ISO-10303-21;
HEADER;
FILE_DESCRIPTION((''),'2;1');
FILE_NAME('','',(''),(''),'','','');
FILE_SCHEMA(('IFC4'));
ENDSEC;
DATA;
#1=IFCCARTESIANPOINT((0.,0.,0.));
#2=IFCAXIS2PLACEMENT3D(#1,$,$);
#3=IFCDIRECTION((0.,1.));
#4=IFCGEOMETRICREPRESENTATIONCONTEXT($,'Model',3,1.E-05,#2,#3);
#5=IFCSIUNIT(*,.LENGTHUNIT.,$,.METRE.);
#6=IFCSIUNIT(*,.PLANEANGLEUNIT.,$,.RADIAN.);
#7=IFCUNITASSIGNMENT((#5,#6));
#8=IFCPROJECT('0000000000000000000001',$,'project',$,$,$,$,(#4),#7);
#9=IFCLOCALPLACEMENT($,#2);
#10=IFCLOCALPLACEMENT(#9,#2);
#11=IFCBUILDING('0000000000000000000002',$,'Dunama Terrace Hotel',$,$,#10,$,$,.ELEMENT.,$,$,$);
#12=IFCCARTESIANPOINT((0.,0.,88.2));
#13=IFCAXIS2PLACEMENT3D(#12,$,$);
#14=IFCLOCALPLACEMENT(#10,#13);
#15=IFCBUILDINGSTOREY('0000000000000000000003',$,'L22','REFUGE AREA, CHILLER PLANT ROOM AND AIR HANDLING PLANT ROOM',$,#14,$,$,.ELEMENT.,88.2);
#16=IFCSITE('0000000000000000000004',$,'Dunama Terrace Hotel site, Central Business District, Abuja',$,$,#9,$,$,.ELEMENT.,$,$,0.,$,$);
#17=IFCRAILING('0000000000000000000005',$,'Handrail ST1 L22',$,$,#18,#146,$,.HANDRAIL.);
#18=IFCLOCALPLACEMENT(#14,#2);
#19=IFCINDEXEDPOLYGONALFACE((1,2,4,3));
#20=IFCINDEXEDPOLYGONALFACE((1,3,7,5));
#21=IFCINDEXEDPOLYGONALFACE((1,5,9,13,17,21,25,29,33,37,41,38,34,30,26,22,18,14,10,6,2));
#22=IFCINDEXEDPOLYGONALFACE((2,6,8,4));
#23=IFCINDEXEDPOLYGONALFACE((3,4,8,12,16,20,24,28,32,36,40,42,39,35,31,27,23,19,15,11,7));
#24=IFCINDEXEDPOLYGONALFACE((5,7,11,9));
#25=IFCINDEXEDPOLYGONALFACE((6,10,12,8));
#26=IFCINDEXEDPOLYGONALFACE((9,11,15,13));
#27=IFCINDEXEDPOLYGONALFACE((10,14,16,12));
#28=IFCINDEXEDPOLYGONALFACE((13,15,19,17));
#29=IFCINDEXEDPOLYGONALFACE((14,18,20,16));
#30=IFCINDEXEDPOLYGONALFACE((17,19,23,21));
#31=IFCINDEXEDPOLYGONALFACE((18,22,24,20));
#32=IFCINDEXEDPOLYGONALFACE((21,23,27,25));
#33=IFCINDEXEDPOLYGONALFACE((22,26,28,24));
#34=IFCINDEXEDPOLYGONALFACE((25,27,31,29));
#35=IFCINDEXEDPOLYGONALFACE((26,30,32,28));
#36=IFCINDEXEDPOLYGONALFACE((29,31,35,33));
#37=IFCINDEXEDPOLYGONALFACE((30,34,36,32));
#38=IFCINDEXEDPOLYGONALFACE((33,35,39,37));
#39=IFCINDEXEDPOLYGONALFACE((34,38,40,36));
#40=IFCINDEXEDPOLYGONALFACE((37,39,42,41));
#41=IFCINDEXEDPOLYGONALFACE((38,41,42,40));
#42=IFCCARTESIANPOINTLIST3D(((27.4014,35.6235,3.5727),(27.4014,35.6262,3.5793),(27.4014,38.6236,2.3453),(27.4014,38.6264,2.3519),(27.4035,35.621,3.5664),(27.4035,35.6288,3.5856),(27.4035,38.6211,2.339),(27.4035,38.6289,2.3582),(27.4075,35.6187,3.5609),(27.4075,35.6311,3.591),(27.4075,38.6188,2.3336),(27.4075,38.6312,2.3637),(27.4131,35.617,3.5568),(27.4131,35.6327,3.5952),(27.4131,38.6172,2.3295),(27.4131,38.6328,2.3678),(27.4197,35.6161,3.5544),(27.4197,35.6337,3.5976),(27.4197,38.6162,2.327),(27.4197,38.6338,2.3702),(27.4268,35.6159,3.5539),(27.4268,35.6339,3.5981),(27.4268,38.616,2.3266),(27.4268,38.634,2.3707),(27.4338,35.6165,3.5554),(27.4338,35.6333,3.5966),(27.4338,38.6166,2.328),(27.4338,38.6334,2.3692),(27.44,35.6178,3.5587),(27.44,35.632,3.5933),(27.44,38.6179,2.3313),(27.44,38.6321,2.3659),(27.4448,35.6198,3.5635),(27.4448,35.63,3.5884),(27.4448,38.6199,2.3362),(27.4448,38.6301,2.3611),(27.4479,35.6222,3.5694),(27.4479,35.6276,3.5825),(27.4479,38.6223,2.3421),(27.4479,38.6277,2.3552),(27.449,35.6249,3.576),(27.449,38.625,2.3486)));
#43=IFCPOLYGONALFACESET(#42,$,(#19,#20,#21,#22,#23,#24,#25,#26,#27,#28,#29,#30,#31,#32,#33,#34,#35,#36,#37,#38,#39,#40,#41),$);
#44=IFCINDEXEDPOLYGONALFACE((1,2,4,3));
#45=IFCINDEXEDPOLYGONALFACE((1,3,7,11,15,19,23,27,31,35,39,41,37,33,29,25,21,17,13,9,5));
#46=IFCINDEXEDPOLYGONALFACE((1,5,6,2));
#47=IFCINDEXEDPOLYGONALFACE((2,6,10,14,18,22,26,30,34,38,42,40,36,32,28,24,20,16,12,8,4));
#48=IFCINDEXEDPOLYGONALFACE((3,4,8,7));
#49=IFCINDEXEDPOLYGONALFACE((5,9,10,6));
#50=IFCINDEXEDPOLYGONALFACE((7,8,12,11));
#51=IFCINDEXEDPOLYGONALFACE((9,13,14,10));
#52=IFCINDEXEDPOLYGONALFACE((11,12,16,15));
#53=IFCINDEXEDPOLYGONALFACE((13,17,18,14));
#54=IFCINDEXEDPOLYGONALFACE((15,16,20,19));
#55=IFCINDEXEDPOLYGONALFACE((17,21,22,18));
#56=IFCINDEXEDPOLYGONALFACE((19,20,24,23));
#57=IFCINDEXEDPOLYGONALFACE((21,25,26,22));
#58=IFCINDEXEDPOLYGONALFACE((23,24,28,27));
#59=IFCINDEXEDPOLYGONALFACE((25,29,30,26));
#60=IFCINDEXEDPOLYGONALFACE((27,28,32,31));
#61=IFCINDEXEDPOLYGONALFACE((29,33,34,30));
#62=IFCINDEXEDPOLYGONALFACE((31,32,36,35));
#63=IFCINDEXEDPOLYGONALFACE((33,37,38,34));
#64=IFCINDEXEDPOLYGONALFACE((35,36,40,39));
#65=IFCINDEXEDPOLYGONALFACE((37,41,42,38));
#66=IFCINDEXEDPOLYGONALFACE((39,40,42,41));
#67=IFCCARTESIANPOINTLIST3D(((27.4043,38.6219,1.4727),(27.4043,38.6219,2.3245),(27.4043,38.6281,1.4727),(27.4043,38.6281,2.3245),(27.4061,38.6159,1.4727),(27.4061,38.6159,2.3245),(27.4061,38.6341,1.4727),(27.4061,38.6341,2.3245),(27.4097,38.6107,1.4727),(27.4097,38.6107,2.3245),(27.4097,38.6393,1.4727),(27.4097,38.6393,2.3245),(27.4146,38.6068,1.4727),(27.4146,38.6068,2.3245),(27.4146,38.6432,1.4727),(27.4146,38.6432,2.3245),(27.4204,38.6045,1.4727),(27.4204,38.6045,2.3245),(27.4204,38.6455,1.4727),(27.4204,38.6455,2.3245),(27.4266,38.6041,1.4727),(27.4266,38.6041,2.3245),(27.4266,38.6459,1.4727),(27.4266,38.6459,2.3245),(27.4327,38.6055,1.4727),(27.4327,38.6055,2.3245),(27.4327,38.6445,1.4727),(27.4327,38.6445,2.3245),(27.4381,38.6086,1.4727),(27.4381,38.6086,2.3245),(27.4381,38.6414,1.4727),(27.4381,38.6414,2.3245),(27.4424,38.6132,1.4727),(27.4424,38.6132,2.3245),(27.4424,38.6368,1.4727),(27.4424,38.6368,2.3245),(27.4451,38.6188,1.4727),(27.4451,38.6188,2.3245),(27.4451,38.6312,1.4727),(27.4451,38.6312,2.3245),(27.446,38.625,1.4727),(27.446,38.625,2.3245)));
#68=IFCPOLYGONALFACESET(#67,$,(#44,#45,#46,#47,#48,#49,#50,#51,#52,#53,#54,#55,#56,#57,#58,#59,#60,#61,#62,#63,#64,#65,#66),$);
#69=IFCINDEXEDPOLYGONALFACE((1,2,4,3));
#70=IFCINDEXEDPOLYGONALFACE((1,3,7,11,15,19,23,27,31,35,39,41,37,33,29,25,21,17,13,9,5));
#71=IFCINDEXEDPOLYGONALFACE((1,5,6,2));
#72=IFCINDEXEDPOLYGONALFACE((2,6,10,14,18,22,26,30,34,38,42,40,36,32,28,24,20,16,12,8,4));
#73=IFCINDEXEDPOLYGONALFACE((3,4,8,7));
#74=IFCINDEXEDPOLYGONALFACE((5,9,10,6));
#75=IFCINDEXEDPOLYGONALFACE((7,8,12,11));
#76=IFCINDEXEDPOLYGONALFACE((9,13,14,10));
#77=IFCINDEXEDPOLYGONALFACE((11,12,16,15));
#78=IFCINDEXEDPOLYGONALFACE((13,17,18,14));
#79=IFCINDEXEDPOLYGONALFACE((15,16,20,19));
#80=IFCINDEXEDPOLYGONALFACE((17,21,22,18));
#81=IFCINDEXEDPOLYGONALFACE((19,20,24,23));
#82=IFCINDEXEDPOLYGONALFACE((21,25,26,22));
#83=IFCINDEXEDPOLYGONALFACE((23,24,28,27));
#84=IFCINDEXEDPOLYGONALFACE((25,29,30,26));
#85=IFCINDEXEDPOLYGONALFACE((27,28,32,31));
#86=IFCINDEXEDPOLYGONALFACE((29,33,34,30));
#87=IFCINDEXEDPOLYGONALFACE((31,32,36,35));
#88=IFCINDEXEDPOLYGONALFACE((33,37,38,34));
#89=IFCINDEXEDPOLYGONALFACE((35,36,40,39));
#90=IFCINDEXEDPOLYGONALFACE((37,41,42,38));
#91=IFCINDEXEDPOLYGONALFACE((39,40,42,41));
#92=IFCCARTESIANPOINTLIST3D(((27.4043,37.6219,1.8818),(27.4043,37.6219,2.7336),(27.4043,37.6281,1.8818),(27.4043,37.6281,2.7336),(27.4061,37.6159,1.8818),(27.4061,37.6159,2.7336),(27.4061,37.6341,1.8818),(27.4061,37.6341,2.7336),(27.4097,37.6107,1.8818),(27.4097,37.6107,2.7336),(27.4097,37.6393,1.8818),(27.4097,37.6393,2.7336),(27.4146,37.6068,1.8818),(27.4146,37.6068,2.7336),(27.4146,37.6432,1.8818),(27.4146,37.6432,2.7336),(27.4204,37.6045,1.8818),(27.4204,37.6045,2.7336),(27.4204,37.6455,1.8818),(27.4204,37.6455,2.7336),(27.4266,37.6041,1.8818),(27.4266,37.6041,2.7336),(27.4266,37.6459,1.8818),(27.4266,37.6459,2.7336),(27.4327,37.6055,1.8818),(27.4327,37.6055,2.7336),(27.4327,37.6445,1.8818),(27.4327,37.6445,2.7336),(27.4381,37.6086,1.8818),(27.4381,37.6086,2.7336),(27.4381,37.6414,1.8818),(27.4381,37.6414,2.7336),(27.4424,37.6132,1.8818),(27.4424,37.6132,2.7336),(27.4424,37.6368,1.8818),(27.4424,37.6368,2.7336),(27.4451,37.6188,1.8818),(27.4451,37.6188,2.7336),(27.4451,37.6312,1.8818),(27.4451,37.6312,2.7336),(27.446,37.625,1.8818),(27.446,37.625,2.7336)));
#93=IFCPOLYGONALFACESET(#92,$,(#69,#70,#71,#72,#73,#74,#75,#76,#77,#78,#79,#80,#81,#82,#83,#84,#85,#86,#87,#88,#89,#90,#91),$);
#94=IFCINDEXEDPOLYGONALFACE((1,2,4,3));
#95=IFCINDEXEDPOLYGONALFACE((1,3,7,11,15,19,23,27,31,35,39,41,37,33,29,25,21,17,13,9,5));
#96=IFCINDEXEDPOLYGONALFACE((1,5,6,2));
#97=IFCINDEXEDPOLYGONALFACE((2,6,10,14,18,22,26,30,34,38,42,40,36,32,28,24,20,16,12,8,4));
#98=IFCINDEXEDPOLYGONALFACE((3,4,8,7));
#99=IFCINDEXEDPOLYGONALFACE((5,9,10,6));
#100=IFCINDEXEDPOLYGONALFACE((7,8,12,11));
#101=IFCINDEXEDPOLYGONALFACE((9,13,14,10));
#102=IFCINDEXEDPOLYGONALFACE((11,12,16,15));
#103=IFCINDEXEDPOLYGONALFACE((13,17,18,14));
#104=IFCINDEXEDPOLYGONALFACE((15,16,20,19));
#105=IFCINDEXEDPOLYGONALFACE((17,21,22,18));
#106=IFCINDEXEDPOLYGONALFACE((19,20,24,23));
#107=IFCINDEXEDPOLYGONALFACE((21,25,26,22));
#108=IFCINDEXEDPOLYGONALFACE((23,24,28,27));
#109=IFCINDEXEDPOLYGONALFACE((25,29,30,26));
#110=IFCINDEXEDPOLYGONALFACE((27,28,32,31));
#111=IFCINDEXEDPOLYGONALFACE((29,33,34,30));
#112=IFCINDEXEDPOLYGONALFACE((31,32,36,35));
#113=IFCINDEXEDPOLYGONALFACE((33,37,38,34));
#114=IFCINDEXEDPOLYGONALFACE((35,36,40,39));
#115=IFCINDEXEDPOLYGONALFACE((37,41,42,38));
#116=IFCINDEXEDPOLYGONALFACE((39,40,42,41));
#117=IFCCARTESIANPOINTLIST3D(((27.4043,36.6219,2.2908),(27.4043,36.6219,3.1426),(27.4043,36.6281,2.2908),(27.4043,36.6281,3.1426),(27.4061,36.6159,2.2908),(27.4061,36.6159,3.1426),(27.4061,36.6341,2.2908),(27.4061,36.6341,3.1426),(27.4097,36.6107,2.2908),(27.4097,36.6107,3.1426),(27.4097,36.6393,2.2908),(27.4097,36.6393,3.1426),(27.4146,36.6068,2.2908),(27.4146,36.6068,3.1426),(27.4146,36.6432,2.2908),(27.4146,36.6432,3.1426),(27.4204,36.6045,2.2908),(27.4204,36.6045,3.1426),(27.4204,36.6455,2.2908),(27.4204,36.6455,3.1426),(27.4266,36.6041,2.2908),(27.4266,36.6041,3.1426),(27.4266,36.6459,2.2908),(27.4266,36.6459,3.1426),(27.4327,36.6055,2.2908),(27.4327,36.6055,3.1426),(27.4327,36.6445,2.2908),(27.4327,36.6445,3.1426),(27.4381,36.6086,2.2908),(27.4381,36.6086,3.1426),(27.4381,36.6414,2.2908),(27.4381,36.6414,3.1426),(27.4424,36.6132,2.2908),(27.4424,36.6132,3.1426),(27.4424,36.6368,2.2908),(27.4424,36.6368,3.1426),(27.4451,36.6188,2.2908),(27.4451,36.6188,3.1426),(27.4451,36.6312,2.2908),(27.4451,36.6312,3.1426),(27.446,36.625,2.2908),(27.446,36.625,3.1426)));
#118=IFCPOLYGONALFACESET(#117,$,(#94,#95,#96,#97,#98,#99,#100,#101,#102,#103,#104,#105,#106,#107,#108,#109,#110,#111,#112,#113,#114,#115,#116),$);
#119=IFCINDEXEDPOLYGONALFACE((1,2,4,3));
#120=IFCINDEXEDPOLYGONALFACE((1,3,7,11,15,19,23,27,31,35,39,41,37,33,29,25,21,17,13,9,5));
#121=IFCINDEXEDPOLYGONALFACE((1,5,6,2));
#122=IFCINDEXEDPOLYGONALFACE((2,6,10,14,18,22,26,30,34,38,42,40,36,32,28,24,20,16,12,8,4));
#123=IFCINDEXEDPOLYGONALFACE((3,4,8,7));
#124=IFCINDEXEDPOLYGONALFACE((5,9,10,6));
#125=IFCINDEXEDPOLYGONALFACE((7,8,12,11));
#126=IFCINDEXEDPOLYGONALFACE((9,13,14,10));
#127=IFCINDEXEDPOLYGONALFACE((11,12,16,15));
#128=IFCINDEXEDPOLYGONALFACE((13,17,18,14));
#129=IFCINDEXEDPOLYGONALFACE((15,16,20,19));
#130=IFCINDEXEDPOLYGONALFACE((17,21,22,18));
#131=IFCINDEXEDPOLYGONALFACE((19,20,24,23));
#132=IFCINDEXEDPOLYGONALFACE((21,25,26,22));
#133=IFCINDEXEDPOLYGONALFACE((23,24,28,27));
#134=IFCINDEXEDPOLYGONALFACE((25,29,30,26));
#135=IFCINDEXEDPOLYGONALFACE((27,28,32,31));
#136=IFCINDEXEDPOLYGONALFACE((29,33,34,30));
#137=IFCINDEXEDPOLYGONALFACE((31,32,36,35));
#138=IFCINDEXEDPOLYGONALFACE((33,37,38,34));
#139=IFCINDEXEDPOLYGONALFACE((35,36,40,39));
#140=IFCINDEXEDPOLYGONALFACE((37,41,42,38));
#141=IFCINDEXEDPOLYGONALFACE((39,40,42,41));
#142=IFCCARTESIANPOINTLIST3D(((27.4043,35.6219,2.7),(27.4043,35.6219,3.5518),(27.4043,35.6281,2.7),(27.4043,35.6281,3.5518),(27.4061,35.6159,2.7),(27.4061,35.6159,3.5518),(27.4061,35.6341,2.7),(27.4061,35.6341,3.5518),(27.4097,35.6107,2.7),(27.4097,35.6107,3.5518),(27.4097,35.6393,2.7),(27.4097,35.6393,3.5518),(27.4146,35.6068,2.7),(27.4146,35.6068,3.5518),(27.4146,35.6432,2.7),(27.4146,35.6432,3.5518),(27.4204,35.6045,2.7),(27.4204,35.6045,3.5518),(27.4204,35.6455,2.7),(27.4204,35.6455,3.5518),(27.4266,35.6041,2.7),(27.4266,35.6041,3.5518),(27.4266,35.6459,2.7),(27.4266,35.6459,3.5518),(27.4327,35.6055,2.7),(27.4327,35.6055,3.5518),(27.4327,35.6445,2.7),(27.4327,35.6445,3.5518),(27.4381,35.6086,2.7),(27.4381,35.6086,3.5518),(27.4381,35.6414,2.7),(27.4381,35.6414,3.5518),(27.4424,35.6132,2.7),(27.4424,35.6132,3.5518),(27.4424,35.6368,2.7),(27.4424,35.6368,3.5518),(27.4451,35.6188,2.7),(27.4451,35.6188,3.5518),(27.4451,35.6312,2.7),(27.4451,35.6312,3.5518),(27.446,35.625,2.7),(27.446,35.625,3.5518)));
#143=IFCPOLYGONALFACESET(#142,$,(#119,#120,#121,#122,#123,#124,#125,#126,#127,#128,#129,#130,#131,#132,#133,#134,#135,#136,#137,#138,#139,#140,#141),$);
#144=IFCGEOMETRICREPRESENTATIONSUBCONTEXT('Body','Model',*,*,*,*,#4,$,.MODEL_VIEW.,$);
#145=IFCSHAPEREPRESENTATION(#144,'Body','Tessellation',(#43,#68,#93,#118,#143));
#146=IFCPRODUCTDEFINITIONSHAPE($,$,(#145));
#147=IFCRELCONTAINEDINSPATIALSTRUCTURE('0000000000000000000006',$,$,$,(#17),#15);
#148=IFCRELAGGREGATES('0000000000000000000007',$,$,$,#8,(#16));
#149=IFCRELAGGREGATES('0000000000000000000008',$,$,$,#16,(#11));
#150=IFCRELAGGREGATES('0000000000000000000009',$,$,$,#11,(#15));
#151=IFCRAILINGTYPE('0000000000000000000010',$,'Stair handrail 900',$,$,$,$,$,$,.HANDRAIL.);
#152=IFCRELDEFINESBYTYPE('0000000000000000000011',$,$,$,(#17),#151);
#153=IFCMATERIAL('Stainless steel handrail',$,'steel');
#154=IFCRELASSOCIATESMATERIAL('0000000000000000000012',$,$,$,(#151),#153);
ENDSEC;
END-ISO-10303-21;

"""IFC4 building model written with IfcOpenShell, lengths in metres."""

from ifc_helpers import new_model, si_unit, direction, frame, origin, origin_2d, place, context, subcontext, project, spatial, circle, extrude, material, type_object, element, save


model = new_model("IFC4")

# Units and contexts
model_context = context("Model", 3, precision=1e-05, world=origin(), true_north=direction((0.0, 1.0)))
body_context = subcontext(model_context, "Body", "Model", "MODEL_VIEW")
ifc_project = project(units=[si_unit("LENGTHUNIT", "METRE"), si_unit("PLANEANGLEUNIT", "RADIAN")], contexts=[model_context])

# Site, building, storey
site_placement = place(None, origin())
site = spatial("IfcSite", under=ifc_project, at=site_placement, Name="Dunama Terrace Hotel site, Central Business District, Abuja", CompositionType="ELEMENT", RefElevation=0.0)
building_placement = place(site_placement, origin())
building = spatial("IfcBuilding", under=site, at=building_placement, Name="Dunama Terrace Hotel", CompositionType="ELEMENT")
storey_placement = place(building_placement, frame((0.0, 0.0, 88.2)))
storey = spatial("IfcBuildingStorey", under=building, at=storey_placement, Name="L22", Description="REFUGE AREA, CHILLER PLANT ROOM AND AIR HANDLING PLANT ROOM", CompositionType="ELEMENT", Elevation=88.2)

# Railing
ifc_material_1 = material(Name="Stainless steel handrail", Category="steel")
railing_type = type_object("IfcRailingType", Name="Stair handrail 900", PredefinedType="HANDRAIL", material=ifc_material_1)
railing_1_placement = place(storey_placement, frame((27.425, 38.625, 1.4727)))
element("IfcRailing", 1, at=railing_1_placement, inside=storey, type_object=railing_type, Name="Handrail ST1 L22", PredefinedType="HANDRAIL", context=body_context, shape_type="SweptSolid", body=[
    extrude(circle(Radius=0.0239, at=origin_2d()), frame((0.0, 0.0, 0.876), z_axis=(0.0, -0.925545, 0.378639), x_axis=(1.0, 0.0, 0.0)), (0.0, 0.0, 1.0), 3.2415),
    extrude(circle(Radius=0.021, at=origin_2d()), origin(), (0.0, 0.0, 1.0), 0.8518),
    extrude(circle(Radius=0.021, at=origin_2d()), frame((0.0, -1.0, 0.4092)), (0.0, 0.0, 1.0), 0.8518),
    extrude(circle(Radius=0.021, at=origin_2d()), frame((0.0, -2.0, 0.8181)), (0.0, 0.0, 1.0), 0.8518),
    extrude(circle(Radius=0.021, at=origin_2d()), frame((0.0, -3.0, 1.2273)), (0.0, 0.0, 1.0), 0.8518),
])

save(model, "model.ifc")
